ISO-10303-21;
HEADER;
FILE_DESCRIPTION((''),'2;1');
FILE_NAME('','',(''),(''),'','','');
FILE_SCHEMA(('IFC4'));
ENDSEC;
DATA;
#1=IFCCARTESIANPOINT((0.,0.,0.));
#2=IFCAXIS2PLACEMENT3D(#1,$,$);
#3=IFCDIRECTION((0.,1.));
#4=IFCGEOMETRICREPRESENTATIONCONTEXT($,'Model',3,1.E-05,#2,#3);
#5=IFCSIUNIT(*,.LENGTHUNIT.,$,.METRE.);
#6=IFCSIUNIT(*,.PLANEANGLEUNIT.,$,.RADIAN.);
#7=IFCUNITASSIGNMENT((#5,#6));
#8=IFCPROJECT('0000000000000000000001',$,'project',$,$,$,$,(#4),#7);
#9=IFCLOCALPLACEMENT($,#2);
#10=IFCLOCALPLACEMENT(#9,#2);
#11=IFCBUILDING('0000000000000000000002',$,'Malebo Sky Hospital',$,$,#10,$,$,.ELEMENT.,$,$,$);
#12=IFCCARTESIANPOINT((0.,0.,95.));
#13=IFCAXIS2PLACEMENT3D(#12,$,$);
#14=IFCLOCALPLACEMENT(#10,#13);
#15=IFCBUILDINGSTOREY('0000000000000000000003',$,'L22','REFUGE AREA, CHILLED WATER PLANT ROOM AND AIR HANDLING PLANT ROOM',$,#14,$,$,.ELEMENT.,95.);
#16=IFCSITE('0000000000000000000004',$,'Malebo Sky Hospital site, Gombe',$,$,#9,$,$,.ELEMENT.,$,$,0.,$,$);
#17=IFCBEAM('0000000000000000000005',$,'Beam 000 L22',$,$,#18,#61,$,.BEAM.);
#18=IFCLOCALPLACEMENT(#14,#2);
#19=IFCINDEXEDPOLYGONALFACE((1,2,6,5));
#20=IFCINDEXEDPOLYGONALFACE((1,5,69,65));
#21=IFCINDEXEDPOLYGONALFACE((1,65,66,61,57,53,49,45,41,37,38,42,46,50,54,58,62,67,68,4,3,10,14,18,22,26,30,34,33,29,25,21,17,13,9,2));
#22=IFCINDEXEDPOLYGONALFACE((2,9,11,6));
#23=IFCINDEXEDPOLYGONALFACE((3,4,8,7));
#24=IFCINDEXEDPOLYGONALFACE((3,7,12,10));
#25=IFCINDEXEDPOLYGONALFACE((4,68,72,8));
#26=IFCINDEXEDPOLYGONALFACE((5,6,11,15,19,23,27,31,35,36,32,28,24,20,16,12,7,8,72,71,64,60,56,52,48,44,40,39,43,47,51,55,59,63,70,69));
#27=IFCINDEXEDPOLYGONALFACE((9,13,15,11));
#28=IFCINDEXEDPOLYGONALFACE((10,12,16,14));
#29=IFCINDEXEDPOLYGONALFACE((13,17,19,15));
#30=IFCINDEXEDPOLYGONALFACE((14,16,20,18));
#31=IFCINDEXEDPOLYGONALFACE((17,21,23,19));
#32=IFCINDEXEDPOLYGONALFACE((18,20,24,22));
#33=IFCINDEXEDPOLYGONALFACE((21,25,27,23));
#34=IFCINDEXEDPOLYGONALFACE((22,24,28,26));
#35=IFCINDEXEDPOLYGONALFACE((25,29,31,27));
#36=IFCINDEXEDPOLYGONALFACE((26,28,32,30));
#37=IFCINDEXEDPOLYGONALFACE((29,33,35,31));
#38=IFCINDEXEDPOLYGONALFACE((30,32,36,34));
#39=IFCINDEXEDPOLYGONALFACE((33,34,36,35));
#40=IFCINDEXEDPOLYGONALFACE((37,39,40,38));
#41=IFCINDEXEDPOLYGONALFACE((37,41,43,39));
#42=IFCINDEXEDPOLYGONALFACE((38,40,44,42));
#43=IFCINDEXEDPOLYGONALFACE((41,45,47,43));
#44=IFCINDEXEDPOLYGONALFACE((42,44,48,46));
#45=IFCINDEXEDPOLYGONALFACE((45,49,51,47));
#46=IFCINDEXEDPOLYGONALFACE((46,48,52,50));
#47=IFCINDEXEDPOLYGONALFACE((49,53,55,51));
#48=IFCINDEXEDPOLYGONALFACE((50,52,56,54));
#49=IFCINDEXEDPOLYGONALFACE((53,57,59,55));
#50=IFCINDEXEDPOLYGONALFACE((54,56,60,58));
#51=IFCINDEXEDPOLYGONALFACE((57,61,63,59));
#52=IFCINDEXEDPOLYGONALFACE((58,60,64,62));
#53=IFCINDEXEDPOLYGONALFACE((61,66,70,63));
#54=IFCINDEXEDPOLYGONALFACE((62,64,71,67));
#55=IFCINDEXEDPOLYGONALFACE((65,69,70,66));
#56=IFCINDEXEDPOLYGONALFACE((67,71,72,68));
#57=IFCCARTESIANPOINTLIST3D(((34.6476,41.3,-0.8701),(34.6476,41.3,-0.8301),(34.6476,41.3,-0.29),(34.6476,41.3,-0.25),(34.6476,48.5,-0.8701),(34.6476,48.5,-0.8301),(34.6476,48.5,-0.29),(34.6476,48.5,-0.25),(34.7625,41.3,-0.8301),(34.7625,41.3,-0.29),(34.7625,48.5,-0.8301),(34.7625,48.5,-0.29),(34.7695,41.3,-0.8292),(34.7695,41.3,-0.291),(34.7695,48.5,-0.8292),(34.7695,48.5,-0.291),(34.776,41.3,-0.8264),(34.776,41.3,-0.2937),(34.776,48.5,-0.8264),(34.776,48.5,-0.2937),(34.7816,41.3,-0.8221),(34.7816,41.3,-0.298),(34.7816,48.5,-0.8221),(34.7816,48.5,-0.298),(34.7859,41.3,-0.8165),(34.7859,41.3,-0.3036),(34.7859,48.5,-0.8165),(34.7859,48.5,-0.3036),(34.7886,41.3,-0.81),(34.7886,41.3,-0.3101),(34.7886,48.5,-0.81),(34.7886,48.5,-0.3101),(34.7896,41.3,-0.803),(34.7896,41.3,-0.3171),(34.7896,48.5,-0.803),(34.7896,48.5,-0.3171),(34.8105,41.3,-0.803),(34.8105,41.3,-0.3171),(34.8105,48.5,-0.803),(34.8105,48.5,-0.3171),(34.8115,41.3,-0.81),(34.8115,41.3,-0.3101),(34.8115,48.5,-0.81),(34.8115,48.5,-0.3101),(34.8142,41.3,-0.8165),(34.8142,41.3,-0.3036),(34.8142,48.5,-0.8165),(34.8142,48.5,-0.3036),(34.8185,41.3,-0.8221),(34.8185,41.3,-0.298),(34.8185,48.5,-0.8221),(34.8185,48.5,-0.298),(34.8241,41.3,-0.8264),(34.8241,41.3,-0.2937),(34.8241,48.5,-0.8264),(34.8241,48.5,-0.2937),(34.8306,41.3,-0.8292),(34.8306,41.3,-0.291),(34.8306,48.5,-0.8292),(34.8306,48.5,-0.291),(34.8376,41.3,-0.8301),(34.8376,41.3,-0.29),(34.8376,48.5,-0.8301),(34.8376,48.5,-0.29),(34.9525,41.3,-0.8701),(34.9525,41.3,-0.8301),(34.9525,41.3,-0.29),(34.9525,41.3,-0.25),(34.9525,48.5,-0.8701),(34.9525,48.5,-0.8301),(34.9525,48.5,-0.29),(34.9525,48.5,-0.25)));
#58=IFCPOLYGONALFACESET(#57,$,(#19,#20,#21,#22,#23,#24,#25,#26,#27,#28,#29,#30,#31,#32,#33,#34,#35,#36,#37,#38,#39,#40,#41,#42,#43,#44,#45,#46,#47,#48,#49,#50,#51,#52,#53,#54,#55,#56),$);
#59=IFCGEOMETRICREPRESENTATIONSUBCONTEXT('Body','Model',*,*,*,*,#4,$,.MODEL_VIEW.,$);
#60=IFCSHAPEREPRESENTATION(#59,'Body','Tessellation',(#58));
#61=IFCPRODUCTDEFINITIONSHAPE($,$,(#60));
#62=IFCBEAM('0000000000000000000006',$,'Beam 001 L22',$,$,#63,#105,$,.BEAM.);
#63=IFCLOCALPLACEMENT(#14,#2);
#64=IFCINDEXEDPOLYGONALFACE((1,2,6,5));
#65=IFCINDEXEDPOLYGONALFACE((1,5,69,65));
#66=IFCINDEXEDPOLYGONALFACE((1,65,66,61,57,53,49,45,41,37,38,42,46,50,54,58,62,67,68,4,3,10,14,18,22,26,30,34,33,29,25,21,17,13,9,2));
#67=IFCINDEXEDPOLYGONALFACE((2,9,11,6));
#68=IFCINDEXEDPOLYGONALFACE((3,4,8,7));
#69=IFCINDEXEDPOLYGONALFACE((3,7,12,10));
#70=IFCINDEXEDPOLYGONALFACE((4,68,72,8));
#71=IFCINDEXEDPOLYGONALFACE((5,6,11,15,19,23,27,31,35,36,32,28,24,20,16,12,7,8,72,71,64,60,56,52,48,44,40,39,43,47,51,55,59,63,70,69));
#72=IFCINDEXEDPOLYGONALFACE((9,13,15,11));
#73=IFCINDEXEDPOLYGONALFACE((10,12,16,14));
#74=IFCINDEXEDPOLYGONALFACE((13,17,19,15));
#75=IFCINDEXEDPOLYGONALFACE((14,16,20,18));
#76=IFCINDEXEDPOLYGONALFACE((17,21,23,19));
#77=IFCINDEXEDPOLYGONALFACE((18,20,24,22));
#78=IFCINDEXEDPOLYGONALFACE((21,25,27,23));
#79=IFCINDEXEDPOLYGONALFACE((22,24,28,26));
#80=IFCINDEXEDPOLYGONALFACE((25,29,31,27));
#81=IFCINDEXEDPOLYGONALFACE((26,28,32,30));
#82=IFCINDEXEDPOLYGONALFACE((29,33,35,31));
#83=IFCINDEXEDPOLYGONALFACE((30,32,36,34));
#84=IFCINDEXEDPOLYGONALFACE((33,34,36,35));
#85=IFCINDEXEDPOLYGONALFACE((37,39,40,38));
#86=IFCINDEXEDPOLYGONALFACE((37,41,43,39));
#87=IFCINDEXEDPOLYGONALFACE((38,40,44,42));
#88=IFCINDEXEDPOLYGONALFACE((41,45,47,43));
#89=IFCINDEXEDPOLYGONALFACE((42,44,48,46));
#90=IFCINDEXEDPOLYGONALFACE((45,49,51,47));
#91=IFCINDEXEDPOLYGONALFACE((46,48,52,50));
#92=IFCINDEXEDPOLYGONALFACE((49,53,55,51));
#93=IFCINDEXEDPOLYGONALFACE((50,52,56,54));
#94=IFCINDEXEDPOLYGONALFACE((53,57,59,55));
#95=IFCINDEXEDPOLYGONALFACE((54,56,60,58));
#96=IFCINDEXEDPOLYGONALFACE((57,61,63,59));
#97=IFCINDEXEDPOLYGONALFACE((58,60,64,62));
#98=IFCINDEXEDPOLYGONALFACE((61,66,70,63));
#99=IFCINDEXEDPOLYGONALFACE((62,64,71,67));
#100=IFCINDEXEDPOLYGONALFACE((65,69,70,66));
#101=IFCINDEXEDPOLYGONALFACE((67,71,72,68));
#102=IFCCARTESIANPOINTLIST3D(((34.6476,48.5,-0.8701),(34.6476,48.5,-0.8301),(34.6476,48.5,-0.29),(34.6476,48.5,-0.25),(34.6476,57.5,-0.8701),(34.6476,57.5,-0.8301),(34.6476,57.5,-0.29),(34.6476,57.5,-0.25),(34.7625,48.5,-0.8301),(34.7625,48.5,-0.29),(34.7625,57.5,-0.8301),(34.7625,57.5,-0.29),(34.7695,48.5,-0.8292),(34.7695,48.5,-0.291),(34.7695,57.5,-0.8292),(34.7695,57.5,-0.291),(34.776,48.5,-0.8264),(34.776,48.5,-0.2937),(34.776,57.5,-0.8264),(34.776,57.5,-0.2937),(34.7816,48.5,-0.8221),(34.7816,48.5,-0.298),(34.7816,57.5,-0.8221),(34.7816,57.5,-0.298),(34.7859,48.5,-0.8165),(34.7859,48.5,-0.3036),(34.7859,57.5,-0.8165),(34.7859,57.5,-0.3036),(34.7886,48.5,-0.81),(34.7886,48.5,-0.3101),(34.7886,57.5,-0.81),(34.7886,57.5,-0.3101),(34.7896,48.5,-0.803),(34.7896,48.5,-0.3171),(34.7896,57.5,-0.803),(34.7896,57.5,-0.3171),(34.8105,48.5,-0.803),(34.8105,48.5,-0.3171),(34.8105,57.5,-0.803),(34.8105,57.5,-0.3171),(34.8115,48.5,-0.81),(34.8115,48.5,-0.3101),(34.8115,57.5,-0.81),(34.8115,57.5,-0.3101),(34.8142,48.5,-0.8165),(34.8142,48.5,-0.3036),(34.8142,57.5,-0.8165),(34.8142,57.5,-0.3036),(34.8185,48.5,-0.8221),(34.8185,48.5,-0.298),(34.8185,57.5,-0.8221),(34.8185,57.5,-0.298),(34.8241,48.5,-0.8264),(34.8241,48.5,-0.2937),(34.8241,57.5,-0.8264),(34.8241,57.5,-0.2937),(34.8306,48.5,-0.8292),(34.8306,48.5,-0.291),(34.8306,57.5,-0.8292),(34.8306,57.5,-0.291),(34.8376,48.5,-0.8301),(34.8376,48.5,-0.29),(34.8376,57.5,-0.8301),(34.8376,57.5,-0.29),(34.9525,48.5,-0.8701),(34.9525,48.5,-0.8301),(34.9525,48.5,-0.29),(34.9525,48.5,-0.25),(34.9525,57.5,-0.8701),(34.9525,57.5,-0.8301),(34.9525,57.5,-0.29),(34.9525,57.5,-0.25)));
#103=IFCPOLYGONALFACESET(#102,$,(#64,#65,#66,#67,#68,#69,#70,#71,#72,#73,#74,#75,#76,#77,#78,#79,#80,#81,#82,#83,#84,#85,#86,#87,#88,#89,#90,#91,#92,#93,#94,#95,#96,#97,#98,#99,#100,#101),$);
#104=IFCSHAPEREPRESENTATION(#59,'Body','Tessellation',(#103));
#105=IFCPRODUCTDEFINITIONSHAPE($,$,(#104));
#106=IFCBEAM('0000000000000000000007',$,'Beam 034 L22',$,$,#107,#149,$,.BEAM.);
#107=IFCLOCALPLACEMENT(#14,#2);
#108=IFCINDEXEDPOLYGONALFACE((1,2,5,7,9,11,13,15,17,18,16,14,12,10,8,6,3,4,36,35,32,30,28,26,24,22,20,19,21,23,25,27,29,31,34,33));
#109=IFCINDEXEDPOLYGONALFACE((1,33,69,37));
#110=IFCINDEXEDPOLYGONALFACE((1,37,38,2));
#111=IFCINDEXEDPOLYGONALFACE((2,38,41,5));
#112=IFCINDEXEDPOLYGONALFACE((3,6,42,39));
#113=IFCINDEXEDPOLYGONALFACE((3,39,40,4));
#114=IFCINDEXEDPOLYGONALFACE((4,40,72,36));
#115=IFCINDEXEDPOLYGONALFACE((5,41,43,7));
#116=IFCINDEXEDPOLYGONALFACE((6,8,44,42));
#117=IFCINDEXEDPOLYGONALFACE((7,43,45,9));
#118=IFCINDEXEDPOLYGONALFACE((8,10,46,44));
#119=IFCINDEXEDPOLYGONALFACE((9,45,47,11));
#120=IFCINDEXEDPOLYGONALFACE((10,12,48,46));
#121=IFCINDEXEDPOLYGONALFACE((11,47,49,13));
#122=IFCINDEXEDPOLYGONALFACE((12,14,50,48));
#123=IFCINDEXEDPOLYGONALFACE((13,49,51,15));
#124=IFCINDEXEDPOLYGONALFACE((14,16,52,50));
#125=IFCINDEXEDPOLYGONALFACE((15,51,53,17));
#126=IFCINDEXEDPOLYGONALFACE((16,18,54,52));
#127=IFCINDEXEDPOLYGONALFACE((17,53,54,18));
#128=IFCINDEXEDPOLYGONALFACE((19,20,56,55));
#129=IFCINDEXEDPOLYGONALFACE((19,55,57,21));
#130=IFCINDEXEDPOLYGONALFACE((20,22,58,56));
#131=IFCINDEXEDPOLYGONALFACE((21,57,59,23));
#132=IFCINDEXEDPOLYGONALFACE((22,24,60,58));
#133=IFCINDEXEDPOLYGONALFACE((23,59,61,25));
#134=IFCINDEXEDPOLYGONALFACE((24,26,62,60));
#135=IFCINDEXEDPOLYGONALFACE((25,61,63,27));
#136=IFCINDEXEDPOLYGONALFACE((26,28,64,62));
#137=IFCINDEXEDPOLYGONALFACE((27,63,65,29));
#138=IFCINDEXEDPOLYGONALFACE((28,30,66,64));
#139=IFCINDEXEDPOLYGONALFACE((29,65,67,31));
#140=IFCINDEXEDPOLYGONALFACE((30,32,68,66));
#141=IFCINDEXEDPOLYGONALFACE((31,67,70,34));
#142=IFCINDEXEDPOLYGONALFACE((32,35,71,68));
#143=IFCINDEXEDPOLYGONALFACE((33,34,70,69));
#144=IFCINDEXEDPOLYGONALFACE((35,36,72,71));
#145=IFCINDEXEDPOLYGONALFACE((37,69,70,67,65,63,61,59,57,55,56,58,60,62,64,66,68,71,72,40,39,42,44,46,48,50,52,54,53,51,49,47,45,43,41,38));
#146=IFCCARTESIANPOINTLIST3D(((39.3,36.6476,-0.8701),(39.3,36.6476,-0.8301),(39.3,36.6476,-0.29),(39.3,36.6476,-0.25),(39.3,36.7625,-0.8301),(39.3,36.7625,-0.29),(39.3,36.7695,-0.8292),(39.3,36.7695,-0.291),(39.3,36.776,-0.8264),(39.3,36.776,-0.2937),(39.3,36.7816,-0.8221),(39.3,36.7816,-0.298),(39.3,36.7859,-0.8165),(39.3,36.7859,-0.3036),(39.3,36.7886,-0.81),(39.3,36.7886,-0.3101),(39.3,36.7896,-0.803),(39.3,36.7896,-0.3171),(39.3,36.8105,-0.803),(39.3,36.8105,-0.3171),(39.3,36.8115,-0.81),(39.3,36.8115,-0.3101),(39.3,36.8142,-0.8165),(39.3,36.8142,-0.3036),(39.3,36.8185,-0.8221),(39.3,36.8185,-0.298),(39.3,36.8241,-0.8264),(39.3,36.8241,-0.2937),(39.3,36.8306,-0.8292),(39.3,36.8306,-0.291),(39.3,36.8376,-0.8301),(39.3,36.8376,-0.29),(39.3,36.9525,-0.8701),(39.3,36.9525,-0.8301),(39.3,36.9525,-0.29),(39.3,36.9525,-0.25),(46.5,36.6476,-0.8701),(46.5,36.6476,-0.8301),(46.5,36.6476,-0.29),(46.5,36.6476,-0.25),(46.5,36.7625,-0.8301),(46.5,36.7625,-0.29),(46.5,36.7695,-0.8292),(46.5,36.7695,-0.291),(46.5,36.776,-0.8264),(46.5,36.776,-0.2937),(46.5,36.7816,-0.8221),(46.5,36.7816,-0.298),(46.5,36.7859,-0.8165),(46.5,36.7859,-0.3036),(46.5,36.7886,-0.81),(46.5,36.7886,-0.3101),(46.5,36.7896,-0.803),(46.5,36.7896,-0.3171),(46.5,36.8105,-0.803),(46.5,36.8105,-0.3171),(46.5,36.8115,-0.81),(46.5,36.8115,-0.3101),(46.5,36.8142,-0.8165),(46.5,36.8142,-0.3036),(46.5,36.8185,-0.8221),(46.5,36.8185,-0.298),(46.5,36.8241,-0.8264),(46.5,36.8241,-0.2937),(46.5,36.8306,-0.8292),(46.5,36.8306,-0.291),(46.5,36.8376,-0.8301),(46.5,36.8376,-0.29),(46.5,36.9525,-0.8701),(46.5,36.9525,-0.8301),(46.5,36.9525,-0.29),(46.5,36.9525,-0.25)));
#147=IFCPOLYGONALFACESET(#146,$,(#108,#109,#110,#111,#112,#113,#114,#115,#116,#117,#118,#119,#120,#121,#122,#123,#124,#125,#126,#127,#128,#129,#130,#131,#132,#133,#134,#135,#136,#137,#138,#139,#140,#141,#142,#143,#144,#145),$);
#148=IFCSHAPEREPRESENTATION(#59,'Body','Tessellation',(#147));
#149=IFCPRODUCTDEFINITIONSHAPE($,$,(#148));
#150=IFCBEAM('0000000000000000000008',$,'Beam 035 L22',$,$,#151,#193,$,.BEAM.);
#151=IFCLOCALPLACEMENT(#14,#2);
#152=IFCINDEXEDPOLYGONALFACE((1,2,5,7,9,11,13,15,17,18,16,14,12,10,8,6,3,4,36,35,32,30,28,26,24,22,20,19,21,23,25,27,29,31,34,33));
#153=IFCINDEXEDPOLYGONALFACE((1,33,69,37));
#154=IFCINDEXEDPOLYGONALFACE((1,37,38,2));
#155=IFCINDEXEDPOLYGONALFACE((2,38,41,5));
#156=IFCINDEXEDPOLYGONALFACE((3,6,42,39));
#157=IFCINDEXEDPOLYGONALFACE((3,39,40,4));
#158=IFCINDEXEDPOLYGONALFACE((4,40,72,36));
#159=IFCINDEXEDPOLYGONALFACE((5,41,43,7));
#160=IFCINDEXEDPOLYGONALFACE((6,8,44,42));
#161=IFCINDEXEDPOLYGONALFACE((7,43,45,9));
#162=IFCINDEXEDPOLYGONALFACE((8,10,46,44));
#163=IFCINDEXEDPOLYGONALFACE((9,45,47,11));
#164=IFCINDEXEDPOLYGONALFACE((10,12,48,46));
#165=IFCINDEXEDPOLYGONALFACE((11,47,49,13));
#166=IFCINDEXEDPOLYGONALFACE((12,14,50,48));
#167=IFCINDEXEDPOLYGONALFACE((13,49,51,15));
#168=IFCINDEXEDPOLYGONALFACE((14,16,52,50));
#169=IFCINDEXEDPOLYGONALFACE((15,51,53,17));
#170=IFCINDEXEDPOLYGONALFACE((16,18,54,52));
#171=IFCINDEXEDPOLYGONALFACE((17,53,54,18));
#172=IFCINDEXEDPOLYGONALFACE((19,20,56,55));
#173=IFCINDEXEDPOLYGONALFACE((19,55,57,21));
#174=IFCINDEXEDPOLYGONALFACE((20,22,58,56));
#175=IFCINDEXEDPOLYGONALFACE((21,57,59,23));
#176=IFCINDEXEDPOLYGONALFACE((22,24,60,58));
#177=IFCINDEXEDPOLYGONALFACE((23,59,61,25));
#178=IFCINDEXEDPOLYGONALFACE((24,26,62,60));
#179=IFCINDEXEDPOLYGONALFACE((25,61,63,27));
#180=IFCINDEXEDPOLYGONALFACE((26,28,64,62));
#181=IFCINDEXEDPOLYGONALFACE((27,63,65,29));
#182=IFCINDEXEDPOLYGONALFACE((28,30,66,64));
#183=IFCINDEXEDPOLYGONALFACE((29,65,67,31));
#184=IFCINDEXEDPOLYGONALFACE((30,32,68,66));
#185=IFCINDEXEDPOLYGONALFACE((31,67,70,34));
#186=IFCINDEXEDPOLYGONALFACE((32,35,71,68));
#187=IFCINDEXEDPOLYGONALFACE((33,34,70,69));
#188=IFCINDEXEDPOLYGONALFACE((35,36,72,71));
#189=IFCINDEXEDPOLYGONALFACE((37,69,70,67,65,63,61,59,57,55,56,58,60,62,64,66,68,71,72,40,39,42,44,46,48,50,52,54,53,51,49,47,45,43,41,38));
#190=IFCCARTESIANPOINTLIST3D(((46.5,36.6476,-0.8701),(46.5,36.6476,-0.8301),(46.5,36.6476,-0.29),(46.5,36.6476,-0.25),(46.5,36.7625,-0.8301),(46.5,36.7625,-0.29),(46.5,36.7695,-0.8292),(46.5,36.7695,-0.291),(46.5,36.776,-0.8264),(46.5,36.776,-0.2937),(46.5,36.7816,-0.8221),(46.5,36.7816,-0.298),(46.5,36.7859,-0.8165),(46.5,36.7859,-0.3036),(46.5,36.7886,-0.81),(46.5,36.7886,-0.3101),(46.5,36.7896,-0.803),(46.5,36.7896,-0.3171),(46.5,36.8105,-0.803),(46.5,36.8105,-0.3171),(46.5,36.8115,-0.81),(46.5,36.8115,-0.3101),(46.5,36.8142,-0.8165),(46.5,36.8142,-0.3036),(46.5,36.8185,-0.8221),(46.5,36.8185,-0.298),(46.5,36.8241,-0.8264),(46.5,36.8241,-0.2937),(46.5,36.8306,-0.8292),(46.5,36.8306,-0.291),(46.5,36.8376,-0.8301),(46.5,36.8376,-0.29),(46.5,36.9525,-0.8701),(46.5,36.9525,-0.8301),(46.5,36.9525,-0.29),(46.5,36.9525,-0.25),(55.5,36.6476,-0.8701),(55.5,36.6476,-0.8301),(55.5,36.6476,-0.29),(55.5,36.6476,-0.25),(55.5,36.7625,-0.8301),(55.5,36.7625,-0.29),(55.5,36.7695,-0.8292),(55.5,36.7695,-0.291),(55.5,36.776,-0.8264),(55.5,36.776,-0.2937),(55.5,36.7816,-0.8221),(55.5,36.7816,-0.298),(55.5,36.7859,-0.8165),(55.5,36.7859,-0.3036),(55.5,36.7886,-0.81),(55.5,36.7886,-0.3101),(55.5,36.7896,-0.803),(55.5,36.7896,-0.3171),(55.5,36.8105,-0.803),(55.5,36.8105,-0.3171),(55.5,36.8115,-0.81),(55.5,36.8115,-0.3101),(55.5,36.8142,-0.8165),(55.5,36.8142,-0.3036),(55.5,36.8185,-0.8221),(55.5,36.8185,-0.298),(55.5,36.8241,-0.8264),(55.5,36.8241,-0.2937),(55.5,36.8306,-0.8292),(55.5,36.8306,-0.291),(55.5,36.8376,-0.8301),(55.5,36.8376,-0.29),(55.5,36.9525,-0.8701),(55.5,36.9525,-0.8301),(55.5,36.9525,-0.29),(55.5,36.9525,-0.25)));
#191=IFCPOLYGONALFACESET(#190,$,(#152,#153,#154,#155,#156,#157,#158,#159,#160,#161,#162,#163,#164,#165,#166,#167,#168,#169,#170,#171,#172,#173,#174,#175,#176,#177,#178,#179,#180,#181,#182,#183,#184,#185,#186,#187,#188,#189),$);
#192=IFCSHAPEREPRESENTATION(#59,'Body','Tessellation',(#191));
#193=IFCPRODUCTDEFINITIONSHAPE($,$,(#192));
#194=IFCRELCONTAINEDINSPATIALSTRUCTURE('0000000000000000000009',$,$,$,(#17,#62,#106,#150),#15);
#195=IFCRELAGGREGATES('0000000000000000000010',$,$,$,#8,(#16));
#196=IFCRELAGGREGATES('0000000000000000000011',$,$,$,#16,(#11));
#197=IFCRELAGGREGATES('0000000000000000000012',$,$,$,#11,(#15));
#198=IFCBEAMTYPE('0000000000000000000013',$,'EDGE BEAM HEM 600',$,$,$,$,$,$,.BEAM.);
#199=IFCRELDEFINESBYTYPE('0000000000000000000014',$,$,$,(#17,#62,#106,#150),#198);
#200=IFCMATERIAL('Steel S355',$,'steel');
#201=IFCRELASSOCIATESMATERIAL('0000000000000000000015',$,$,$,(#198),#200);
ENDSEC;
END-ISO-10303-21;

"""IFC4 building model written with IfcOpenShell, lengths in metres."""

from ifc_helpers import new_model, si_unit, direction, frame, origin, origin_2d, place, context, subcontext, project, spatial, i_section, extrude, material, material_profile, profile_set, type_object, element, save


model = new_model("IFC4")

# Units and contexts
model_context = context("Model", 3, precision=1e-05, world=origin(), true_north=direction((0.0, 1.0)))
body_context = subcontext(model_context, "Body", "Model", "MODEL_VIEW")
ifc_project = project(units=[si_unit("LENGTHUNIT", "METRE"), si_unit("PLANEANGLEUNIT", "RADIAN")], contexts=[model_context])

# Site, building, storey
site_placement = place(None, origin())
site = spatial("IfcSite", under=ifc_project, at=site_placement, Name="Malebo Sky Hospital site, Gombe", CompositionType="ELEMENT", RefElevation=0.0)
building_placement = place(site_placement, origin())
building = spatial("IfcBuilding", under=site, at=building_placement, Name="Malebo Sky Hospital", CompositionType="ELEMENT")
storey_placement = place(building_placement, frame((0.0, 0.0, 95.0)))
storey = spatial("IfcBuildingStorey", under=building, at=storey_placement, Name="L22", Description="REFUGE AREA, CHILLED WATER PLANT ROOM AND AIR HANDLING PLANT ROOM", CompositionType="ELEMENT", Elevation=95.0)

# Beams
ifc_material_1 = material(Name="Steel S355", Category="steel")
ifc_material_profile_1 = material_profile(ifc_material_1, i_section(OverallWidth=0.3049, OverallDepth=0.6201, WebThickness=0.021, FlangeThickness=0.04, FilletRadius=0.0271, at=origin_2d()), Name="HEM 600")
ifc_profile_set_1 = profile_set([ifc_material_profile_1], Name="Steel S355")
beam_type = type_object("IfcBeamType", Name="EDGE BEAM HEM 600", PredefinedType="BEAM", material=ifc_profile_set_1)
beam_1_placement = place(storey_placement, frame((34.8, 41.3, -0.5601), z_axis=(0.0, 1.0, 0.0), x_axis=(-1.0, 0.0, 0.0)))
element("IfcBeam", 1, at=beam_1_placement, inside=storey, type_object=beam_type, Name="Beam 000 L22", PredefinedType="BEAM", context=body_context, shape_type="SweptSolid", body=[
    extrude(i_section(OverallWidth=0.3049, OverallDepth=0.6201, WebThickness=0.021, FlangeThickness=0.04, FilletRadius=0.0271, at=origin_2d()), origin(), (0.0, 0.0, 1.0), 7.2),
])
beam_2_placement = place(storey_placement, frame((34.8, 48.5, -0.5601), z_axis=(0.0, 1.0, 0.0), x_axis=(-1.0, 0.0, 0.0)))
element("IfcBeam", 2, at=beam_2_placement, inside=storey, type_object=beam_type, Name="Beam 001 L22", PredefinedType="BEAM", context=body_context, shape_type="SweptSolid", body=[
    extrude(i_section(OverallWidth=0.3049, OverallDepth=0.6201, WebThickness=0.021, FlangeThickness=0.04, FilletRadius=0.0271, at=origin_2d()), origin(), (0.0, 0.0, 1.0), 9.0),
])
beam_3_placement = place(storey_placement, frame((39.3, 36.8, -0.5601), z_axis=(1.0, 0.0, 0.0), x_axis=(0.0, 1.0, 0.0)))
element("IfcBeam", 3, at=beam_3_placement, inside=storey, type_object=beam_type, Name="Beam 034 L22", PredefinedType="BEAM", context=body_context, shape_type="SweptSolid", body=[
    extrude(i_section(OverallWidth=0.3049, OverallDepth=0.6201, WebThickness=0.021, FlangeThickness=0.04, FilletRadius=0.0271, at=origin_2d()), origin(), (0.0, 0.0, 1.0), 7.2),
])
beam_4_placement = place(storey_placement, frame((46.5, 36.8, -0.5601), z_axis=(1.0, 0.0, 0.0), x_axis=(0.0, 1.0, 0.0)))
element("IfcBeam", 4, at=beam_4_placement, inside=storey, type_object=beam_type, Name="Beam 035 L22", PredefinedType="BEAM", context=body_context, shape_type="SweptSolid", body=[
    extrude(i_section(OverallWidth=0.3049, OverallDepth=0.6201, WebThickness=0.021, FlangeThickness=0.04, FilletRadius=0.0271, at=origin_2d()), origin(), (0.0, 0.0, 1.0), 9.0),
])

save(model, "model.ifc")
